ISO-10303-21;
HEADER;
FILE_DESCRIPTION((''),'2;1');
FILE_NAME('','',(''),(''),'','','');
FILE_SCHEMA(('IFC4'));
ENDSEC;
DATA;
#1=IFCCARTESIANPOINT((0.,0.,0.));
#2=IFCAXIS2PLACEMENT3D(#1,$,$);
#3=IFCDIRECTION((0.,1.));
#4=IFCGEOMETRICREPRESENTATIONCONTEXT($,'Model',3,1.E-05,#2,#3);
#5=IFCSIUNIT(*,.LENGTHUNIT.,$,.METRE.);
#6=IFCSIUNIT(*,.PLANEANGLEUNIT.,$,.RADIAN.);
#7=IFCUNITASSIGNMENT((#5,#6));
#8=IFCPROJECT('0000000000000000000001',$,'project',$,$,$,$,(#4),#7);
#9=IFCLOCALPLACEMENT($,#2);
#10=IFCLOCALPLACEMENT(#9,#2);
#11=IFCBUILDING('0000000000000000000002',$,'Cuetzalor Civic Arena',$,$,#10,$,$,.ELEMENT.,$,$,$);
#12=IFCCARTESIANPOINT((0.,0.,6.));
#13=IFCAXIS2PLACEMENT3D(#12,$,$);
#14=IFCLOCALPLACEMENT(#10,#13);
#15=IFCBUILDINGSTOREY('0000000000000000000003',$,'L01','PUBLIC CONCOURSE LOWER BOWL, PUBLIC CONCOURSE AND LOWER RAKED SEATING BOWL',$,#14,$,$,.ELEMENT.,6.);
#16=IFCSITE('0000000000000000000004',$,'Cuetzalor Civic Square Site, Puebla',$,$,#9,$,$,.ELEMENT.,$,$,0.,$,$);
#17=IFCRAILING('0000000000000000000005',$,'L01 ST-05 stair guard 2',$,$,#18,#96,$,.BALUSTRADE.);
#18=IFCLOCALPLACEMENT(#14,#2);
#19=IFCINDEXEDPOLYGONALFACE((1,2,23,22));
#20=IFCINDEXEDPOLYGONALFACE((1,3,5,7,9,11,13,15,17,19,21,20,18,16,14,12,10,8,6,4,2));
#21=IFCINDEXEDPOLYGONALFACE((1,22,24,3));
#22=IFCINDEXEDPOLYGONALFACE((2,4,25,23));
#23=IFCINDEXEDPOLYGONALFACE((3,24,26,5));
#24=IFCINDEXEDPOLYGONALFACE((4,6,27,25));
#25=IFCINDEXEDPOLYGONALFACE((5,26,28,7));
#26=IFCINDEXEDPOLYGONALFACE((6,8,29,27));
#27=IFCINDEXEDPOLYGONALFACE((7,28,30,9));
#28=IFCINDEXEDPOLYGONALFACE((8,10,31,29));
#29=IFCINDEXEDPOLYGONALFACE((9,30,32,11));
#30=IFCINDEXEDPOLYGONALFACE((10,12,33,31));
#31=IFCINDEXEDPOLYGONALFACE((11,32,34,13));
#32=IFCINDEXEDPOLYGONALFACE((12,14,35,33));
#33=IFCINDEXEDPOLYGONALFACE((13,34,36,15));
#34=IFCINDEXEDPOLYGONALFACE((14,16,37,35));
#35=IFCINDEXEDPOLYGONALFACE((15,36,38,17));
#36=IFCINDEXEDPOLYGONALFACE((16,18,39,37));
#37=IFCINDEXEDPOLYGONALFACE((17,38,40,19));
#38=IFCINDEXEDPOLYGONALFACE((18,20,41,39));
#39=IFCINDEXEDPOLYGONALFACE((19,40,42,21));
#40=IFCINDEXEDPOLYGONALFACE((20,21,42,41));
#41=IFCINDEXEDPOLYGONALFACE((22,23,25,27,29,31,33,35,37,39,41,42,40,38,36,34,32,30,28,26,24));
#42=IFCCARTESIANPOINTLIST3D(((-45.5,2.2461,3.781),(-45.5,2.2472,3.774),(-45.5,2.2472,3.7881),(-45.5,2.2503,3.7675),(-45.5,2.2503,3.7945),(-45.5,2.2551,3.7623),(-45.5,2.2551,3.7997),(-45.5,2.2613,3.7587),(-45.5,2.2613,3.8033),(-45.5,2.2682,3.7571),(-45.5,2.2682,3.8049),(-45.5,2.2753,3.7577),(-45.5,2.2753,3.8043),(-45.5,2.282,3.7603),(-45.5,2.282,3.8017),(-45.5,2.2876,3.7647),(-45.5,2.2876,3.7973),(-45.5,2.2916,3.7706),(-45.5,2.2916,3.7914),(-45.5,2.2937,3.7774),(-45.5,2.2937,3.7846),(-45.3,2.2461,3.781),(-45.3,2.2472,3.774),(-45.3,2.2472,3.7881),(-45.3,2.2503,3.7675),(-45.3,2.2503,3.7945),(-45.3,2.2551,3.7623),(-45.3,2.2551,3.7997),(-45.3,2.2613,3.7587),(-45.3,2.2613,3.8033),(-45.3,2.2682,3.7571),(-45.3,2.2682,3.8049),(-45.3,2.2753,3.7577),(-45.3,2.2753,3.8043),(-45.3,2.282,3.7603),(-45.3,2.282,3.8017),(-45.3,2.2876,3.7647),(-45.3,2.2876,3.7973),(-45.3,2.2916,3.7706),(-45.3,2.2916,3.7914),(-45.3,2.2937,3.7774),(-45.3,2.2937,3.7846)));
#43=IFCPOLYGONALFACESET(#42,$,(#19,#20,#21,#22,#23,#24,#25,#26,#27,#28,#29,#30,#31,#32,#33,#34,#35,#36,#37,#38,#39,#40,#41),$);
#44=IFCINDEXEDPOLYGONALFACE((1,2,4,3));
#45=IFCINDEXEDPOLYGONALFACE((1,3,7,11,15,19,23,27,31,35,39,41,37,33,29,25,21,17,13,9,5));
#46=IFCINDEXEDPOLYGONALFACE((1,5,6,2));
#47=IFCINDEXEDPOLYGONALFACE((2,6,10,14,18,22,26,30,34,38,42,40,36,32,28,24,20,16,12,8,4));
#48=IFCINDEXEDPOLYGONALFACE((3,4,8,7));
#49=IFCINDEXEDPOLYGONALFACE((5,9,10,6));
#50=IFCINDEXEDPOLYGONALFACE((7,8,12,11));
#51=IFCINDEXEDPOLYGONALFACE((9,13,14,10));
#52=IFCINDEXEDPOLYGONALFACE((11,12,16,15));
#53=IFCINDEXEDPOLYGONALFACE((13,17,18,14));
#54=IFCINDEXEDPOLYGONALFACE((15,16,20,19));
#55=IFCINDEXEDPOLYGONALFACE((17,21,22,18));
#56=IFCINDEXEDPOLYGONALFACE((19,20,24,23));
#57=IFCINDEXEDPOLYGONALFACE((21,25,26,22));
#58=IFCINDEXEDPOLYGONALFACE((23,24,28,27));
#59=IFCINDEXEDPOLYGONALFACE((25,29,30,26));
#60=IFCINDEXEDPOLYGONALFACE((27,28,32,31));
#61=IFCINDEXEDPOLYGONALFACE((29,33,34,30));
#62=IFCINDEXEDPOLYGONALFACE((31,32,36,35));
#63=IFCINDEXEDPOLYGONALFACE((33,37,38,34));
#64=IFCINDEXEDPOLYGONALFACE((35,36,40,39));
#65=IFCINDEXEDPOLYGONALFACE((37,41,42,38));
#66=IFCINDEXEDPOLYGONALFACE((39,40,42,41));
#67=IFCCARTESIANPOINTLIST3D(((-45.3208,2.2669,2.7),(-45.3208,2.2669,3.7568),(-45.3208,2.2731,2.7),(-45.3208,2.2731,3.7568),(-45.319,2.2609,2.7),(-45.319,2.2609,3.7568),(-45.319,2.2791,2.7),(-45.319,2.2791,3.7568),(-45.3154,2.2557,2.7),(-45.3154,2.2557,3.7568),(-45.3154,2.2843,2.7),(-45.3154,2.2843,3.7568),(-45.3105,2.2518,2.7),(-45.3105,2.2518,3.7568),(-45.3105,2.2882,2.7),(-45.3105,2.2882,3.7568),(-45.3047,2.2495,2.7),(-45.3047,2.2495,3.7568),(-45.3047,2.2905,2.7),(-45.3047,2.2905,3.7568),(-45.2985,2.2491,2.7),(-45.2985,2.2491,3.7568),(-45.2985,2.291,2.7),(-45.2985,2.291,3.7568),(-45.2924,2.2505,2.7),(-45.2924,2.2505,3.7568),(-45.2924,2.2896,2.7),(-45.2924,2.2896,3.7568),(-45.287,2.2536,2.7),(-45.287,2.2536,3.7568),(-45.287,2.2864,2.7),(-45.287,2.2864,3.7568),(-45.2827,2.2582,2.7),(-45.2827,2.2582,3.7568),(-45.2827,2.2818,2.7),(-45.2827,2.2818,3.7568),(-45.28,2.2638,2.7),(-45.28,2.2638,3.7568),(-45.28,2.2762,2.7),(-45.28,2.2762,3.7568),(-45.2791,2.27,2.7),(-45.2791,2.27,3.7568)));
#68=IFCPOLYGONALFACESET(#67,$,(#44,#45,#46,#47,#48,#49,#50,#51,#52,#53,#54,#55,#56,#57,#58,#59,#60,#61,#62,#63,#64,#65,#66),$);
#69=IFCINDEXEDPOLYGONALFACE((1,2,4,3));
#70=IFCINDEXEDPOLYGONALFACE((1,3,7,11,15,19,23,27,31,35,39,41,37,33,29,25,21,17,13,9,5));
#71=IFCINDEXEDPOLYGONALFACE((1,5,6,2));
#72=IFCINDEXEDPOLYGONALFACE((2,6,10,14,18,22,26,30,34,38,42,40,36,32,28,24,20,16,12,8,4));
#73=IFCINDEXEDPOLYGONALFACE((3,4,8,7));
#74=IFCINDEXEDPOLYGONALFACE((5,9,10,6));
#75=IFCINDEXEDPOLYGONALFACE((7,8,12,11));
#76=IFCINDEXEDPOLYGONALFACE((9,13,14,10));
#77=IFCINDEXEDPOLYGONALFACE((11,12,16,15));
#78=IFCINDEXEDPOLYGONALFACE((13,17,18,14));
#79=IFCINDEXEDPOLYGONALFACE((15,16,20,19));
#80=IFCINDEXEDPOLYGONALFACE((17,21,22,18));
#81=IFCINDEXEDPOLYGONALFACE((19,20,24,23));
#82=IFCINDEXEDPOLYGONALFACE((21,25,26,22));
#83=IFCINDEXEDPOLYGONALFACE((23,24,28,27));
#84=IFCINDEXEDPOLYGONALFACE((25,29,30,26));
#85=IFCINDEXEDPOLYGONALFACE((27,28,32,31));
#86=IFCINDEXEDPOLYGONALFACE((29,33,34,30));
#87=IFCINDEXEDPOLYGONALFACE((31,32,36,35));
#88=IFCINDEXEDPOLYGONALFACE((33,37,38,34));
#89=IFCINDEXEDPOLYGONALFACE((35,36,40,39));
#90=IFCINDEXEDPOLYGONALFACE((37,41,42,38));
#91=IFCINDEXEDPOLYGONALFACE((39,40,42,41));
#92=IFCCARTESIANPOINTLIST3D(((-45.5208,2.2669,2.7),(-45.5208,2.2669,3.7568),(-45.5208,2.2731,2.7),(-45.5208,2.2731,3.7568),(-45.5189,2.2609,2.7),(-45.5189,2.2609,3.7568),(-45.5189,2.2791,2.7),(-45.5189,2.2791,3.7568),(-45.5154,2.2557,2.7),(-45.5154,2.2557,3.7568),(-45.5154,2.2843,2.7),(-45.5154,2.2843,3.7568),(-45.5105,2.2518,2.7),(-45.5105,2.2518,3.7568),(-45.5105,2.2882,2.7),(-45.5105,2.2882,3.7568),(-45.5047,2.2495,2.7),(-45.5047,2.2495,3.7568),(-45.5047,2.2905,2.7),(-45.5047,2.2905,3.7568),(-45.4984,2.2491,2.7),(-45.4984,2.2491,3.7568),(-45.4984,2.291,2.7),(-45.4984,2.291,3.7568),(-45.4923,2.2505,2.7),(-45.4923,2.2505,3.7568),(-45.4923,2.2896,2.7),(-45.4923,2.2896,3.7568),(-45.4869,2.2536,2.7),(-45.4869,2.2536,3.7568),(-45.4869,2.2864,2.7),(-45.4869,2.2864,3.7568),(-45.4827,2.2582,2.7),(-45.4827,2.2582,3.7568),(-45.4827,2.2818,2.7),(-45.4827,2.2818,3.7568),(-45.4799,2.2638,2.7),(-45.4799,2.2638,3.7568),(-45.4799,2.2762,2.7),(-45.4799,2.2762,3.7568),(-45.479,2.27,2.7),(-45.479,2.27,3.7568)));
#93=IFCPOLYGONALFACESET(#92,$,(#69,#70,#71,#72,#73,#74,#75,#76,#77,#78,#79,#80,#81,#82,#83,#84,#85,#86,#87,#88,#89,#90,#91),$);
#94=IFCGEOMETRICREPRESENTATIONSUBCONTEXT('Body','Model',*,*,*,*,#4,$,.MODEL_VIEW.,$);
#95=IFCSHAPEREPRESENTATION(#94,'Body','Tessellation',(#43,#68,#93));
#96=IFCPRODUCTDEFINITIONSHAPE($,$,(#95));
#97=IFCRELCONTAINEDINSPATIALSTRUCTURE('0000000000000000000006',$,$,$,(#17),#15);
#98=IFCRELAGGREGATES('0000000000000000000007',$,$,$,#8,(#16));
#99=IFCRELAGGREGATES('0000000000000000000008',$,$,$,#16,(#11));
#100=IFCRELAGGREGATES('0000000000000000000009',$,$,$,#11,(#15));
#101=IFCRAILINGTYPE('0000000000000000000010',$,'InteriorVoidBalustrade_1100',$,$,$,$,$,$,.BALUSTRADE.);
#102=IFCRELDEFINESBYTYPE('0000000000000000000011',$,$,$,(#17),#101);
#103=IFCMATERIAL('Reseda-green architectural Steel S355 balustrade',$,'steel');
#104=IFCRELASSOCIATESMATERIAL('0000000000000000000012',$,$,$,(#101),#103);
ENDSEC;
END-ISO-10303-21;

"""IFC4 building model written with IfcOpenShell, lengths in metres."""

from ifc_helpers import new_model, si_unit, direction, frame, origin, origin_2d, place, context, subcontext, project, spatial, circle, extrude, material, type_object, element, save


model = new_model("IFC4")

# Units and contexts
model_context = context("Model", 3, precision=1e-05, world=origin(), true_north=direction((0.0, 1.0)))
body_context = subcontext(model_context, "Body", "Model", "MODEL_VIEW")
ifc_project = project(units=[si_unit("LENGTHUNIT", "METRE"), si_unit("PLANEANGLEUNIT", "RADIAN")], contexts=[model_context])

# Site, building, storey
site_placement = place(None, origin())
site = spatial("IfcSite", under=ifc_project, at=site_placement, Name="Cuetzalor Civic Square Site, Puebla", CompositionType="ELEMENT", RefElevation=0.0)
building_placement = place(site_placement, origin())
building = spatial("IfcBuilding", under=site, at=building_placement, Name="Cuetzalor Civic Arena", CompositionType="ELEMENT")
storey_placement = place(building_placement, frame((0.0, 0.0, 6.0)))
storey = spatial("IfcBuildingStorey", under=building, at=storey_placement, Name="L01", Description="PUBLIC CONCOURSE LOWER BOWL, PUBLIC CONCOURSE AND LOWER RAKED SEATING BOWL", CompositionType="ELEMENT", Elevation=6.0)

# Railing
ifc_material_1 = material(Name="Reseda-green architectural Steel S355 balustrade", Category="steel")
railing_type_1 = type_object("IfcRailingType", Name="InteriorVoidBalustrade_1100", PredefinedType="BALUSTRADE", material=ifc_material_1)
railing_1_placement = place(storey_placement, frame((-45.3, 2.27, 2.7)))
element("IfcRailing", 1, at=railing_1_placement, inside=storey, type_object=railing_type_1, Name="L01 ST-05 stair guard 2", PredefinedType="BALUSTRADE", context=body_context, shape_type="SweptSolid", body=[
    extrude(circle(Radius=0.0239, at=origin_2d()), frame((0.0, 0.0, 1.0811), z_axis=(-1.0, 0.0, 0.0), x_axis=(0.0, -1.0, 0.0)), (0.0, 0.0, 1.0), 0.2),
    extrude(circle(Radius=0.021, at=origin_2d()), origin(), (0.0, 0.0, 1.0), 1.0569),
    extrude(circle(Radius=0.021, at=origin_2d()), frame((-0.2, 0.0, 0.0)), (0.0, 0.0, 1.0), 1.0569),
])

save(model, "model.ifc")
